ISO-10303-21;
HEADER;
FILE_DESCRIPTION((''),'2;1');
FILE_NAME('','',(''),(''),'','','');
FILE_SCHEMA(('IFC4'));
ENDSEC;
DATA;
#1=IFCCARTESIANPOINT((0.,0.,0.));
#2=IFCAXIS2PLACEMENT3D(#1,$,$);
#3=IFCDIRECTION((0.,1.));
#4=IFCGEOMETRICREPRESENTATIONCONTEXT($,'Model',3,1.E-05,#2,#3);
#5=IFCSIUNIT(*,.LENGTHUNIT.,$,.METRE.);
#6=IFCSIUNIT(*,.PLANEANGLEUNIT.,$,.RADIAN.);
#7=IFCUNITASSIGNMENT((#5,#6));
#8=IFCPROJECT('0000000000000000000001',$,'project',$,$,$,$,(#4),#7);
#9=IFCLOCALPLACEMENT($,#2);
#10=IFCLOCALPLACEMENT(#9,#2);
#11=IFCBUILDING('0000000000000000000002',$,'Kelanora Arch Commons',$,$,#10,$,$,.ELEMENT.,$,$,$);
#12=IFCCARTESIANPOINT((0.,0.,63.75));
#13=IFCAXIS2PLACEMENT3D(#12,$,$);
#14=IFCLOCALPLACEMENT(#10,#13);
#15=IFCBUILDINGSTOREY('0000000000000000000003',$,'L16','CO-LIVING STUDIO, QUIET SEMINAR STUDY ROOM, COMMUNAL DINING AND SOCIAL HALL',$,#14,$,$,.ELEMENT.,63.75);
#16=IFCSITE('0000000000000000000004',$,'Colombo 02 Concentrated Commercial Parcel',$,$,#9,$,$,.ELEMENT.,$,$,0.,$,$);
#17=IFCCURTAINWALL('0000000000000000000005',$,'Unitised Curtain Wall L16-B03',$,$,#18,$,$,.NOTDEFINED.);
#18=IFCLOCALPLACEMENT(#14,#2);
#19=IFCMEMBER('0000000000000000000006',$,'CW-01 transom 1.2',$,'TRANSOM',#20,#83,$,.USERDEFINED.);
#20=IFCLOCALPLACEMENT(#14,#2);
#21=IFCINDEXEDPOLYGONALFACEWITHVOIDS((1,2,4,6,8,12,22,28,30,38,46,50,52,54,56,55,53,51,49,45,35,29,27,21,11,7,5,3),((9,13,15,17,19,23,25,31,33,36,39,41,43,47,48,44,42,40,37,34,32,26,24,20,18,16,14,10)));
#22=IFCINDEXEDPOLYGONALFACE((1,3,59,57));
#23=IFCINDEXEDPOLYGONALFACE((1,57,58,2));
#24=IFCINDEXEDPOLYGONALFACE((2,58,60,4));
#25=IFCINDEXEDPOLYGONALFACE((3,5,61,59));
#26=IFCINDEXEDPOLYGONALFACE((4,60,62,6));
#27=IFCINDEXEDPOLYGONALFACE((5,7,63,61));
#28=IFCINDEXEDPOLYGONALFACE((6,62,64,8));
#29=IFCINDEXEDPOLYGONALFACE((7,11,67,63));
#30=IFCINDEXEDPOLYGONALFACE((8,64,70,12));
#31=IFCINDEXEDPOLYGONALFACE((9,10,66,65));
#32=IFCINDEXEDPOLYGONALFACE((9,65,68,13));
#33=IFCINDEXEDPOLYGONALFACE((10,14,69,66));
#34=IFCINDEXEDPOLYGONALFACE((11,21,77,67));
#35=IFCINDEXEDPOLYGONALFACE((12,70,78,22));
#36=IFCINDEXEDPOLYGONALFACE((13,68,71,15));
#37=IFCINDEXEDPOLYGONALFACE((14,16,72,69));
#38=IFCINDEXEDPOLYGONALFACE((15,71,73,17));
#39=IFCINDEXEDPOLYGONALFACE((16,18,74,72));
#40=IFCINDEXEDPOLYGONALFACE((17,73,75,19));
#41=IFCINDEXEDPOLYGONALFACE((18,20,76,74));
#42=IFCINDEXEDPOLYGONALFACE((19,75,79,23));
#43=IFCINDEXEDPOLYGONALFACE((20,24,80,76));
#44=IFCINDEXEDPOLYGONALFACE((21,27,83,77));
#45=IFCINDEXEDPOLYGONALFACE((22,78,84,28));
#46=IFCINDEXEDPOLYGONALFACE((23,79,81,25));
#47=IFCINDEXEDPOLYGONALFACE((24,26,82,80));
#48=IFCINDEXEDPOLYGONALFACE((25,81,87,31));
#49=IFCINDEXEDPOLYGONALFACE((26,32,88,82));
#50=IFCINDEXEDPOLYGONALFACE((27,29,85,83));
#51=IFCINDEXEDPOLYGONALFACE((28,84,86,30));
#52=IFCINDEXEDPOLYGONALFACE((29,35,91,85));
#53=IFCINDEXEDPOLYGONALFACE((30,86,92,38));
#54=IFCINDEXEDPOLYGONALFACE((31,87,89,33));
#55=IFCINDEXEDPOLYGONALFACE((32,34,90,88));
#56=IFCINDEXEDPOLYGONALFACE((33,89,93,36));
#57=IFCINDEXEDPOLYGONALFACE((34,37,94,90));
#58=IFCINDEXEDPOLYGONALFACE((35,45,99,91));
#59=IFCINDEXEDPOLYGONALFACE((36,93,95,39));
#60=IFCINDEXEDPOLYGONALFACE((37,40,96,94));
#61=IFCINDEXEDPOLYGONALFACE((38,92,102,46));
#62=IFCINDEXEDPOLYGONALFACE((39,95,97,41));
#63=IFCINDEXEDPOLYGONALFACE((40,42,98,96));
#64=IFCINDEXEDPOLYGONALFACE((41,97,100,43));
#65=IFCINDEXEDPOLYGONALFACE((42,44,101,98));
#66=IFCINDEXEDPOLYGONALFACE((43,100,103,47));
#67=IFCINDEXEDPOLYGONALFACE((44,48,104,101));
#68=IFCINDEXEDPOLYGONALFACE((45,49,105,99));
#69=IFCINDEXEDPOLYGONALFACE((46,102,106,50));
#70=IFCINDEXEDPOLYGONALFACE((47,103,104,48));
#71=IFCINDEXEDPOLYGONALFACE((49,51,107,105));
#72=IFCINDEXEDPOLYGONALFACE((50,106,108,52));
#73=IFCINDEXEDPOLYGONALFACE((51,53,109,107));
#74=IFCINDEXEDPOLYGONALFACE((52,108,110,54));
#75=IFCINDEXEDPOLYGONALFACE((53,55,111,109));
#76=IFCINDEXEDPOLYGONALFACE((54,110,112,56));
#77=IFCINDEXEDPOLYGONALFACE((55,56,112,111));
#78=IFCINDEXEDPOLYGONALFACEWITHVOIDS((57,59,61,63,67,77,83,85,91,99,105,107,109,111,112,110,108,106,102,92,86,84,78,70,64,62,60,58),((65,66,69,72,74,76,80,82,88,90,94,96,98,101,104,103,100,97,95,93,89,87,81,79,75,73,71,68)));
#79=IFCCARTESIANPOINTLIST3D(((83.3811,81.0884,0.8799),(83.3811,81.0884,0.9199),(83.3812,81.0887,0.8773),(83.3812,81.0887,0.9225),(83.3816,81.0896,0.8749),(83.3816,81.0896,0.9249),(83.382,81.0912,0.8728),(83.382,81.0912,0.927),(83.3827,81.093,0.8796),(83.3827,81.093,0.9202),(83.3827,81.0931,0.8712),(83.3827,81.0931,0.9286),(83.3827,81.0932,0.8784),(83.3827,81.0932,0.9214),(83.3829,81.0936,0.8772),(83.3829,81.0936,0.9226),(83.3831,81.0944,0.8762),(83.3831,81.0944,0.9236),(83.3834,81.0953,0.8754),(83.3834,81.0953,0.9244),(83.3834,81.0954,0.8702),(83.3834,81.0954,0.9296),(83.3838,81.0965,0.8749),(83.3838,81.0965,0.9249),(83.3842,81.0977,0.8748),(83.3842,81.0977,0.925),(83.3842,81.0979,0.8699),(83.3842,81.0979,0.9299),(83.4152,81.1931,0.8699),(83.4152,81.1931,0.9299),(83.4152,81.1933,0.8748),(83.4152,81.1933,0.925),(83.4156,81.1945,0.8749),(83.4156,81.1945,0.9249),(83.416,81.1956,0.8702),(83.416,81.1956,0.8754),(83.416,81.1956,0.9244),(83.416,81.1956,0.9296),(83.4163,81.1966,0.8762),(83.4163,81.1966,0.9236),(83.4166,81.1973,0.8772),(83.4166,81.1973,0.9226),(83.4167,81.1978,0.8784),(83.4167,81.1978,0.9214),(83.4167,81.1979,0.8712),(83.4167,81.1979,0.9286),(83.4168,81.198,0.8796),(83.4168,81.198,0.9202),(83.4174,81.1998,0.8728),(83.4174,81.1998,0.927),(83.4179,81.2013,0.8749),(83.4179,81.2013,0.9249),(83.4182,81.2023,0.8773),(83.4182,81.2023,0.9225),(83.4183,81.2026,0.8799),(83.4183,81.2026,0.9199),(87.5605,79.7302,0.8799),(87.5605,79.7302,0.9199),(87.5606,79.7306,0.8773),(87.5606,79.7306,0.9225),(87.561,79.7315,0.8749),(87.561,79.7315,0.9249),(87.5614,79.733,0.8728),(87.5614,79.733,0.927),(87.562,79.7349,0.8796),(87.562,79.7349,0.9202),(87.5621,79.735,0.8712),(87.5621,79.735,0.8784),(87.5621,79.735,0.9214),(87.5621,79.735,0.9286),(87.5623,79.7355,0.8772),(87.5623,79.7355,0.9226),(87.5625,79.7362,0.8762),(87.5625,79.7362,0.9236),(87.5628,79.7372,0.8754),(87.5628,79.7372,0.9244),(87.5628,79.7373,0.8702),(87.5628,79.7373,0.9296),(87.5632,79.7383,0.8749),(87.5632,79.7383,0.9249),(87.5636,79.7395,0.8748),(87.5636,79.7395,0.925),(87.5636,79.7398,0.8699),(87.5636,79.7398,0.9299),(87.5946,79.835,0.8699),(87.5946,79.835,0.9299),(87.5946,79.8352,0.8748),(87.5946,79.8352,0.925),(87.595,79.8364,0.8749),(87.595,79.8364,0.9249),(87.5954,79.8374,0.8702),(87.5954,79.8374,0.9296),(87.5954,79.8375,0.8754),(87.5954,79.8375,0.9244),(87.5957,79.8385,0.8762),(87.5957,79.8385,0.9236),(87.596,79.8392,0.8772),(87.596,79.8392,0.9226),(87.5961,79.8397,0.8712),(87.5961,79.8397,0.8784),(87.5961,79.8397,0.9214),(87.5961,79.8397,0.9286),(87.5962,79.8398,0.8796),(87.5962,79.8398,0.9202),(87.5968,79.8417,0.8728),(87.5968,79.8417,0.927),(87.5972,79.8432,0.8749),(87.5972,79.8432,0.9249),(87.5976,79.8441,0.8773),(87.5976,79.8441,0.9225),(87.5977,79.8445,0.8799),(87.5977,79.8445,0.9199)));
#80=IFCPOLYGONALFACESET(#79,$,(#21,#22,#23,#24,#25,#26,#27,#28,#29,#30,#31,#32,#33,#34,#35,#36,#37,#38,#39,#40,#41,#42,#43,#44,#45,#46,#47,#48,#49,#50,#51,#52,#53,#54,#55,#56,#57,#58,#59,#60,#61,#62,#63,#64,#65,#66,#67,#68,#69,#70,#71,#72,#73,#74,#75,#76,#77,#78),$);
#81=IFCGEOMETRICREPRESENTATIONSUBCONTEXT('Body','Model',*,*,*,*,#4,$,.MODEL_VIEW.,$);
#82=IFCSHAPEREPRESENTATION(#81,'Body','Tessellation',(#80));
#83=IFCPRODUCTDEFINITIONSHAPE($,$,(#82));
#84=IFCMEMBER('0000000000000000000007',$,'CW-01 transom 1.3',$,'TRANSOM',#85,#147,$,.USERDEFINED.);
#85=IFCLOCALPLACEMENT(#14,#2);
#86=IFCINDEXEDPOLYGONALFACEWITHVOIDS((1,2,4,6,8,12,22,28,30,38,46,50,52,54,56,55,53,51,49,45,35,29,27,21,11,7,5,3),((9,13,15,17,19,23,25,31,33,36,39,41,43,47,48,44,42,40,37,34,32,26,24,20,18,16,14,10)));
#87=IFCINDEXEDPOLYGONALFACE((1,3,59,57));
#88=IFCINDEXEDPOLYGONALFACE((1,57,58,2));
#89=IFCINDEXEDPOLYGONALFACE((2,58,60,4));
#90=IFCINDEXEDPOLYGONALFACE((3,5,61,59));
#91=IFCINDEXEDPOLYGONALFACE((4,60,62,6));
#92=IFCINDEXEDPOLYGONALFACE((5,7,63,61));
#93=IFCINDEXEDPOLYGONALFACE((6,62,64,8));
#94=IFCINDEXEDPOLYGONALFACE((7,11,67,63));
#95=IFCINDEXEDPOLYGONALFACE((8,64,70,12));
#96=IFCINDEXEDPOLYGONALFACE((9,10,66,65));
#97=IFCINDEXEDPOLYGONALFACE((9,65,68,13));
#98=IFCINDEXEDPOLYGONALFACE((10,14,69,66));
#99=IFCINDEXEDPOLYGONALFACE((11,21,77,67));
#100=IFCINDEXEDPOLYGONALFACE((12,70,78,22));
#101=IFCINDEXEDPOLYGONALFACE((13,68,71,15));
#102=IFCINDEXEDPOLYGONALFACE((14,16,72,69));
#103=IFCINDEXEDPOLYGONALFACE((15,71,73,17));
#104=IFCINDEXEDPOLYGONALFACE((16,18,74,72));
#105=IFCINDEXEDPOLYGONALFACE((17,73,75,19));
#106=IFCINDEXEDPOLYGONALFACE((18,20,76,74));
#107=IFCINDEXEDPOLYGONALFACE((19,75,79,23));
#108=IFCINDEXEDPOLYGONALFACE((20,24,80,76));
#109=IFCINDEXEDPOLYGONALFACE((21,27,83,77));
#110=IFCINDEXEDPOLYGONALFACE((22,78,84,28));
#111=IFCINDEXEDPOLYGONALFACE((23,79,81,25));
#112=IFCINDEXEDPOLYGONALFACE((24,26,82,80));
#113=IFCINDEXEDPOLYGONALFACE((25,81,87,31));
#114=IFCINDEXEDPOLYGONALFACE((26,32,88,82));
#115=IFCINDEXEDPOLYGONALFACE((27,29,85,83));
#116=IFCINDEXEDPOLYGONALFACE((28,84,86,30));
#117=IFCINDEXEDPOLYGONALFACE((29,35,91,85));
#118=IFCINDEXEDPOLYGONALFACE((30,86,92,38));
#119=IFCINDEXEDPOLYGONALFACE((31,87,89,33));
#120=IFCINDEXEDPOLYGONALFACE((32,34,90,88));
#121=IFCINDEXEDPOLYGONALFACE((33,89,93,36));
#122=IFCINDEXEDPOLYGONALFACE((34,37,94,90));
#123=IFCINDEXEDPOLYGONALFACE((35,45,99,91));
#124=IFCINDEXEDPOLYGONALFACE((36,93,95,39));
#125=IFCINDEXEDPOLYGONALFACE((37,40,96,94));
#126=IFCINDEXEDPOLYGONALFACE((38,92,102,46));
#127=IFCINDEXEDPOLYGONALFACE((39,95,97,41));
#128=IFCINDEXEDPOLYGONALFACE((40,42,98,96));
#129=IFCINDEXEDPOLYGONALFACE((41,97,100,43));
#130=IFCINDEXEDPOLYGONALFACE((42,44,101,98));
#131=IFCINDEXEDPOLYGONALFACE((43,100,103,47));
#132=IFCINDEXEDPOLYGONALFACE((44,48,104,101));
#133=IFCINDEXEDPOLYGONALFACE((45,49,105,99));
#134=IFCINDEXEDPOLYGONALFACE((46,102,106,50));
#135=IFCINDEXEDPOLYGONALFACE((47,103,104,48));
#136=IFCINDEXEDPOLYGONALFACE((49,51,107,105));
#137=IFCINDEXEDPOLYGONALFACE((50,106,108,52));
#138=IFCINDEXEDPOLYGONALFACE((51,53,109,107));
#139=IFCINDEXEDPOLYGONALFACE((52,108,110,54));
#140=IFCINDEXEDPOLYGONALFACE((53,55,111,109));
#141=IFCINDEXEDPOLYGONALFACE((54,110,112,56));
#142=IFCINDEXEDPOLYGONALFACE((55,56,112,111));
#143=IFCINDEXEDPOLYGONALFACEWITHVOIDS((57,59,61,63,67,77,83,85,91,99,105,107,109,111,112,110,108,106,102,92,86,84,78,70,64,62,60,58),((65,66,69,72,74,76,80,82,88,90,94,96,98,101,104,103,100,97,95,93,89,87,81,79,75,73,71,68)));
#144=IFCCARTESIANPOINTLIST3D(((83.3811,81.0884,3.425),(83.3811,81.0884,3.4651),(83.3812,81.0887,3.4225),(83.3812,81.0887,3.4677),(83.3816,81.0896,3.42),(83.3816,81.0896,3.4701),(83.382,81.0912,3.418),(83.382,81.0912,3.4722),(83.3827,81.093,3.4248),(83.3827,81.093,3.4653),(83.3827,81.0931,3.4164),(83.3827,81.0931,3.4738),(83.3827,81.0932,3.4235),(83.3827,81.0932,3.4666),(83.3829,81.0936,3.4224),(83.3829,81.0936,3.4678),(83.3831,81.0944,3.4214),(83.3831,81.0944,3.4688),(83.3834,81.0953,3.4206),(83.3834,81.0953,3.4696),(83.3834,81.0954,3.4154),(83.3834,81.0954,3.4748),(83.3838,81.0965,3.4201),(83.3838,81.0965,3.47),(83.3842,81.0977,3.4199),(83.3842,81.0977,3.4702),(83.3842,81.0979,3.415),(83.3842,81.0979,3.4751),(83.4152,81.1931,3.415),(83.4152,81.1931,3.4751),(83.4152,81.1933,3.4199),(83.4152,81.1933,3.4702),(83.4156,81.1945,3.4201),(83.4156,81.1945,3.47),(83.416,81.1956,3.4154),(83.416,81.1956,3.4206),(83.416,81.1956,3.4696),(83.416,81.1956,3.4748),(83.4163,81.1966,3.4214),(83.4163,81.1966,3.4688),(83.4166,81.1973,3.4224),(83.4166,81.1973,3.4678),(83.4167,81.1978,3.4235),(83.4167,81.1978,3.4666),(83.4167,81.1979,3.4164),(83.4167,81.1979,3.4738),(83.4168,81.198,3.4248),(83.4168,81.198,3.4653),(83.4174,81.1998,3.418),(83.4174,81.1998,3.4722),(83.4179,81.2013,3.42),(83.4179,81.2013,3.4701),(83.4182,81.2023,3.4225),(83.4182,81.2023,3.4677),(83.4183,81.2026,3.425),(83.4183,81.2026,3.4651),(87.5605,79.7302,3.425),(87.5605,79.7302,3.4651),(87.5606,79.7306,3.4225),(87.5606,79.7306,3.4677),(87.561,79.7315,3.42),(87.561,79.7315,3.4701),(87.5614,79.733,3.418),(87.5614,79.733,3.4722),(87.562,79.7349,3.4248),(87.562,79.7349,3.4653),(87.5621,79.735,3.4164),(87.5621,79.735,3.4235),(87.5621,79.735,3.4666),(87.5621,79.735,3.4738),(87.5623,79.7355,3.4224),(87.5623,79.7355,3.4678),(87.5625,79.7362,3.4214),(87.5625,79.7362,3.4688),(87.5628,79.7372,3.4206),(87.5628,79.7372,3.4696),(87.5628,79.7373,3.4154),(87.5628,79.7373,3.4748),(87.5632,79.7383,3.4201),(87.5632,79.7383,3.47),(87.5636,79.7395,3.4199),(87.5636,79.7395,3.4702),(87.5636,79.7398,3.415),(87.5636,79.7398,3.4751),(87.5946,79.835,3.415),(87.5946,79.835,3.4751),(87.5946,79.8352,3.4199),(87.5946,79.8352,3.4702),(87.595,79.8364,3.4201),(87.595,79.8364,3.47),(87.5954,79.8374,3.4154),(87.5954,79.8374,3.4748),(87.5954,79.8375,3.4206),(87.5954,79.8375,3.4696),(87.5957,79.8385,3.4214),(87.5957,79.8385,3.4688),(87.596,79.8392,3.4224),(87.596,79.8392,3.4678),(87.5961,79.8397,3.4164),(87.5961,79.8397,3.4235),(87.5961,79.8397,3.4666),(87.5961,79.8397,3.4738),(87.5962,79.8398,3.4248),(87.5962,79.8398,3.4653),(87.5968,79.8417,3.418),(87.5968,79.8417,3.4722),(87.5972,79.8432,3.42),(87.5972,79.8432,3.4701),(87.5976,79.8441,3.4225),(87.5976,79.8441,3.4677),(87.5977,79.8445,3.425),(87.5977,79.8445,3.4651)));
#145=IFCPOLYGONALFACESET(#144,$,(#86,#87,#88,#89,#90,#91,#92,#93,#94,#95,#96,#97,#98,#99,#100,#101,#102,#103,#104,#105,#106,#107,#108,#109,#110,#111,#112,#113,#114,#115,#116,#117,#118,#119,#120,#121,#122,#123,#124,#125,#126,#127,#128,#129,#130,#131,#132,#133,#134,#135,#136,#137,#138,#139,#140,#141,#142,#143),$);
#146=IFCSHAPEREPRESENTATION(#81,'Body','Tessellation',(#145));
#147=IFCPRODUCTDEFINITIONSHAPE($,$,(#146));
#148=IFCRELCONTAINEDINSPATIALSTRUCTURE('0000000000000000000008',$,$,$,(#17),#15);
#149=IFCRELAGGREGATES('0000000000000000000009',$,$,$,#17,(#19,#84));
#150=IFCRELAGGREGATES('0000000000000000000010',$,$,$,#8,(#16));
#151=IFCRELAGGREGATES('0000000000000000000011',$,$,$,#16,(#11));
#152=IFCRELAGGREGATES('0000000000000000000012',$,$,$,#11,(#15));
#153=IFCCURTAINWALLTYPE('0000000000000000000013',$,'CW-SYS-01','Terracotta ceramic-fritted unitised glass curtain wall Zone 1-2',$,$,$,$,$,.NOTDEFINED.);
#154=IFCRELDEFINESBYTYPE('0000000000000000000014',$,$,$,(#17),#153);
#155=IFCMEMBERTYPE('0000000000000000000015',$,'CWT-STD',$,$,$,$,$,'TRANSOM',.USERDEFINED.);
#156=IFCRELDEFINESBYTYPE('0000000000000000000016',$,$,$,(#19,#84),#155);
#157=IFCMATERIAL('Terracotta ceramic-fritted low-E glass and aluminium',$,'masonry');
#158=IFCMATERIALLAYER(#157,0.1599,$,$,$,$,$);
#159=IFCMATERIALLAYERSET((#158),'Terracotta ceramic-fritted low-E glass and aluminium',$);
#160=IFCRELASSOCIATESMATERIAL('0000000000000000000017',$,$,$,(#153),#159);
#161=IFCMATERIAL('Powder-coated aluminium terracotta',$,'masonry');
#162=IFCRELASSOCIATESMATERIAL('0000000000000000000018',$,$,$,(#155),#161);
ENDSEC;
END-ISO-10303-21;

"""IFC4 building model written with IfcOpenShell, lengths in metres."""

from ifc_helpers import new_model, si_unit, direction, frame, origin, origin_2d, place, context, subcontext, project, spatial, hollow_rectangle, extrude, material, layer, layer_set, material_profile, profile_set, type_object, element, aggregate, save


model = new_model("IFC4")

# Units and contexts
model_context = context("Model", 3, precision=1e-05, world=origin(), true_north=direction((0.0, 1.0)))
body_context = subcontext(model_context, "Body", "Model", "MODEL_VIEW")
ifc_project = project(units=[si_unit("LENGTHUNIT", "METRE"), si_unit("PLANEANGLEUNIT", "RADIAN")], contexts=[model_context])

# Site, building, storey
site_placement = place(None, origin())
site = spatial("IfcSite", under=ifc_project, at=site_placement, Name="Colombo 02 Concentrated Commercial Parcel", CompositionType="ELEMENT", RefElevation=0.0)
building_placement = place(site_placement, origin())
building = spatial("IfcBuilding", under=site, at=building_placement, Name="Kelanora Arch Commons", CompositionType="ELEMENT")
storey_placement = place(building_placement, frame((0.0, 0.0, 63.75)))
storey = spatial("IfcBuildingStorey", under=building, at=storey_placement, Name="L16", Description="CO-LIVING STUDIO, QUIET SEMINAR STUDY ROOM, COMMUNAL DINING AND SOCIAL HALL", CompositionType="ELEMENT", Elevation=63.75)

# Curtain wall, members
ifc_material_1 = material(Name="Terracotta ceramic-fritted low-E glass and aluminium", Category="masonry")
ifc_layer_1 = layer(ifc_material_1, 0.1599)
ifc_layer_set_1 = layer_set([ifc_layer_1], Name="Terracotta ceramic-fritted low-E glass and aluminium")
curtain_wall_type = type_object("IfcCurtainWallType", Name="CW-SYS-01", Description="Terracotta ceramic-fritted unitised glass curtain wall Zone 1-2", PredefinedType="NOTDEFINED", material=ifc_layer_set_1)
curtain_wall_placement = place(storey_placement, origin())
curtain_wall = element("IfcCurtainWall", 1, at=curtain_wall_placement, inside=storey, type_object=curtain_wall_type, Name="Unitised Curtain Wall L16-B03", PredefinedType="NOTDEFINED")
ifc_material_2 = material(Name="Powder-coated aluminium terracotta", Category="masonry")
ifc_material_profile_1 = material_profile(ifc_material_2, hollow_rectangle(XDim=0.1201, YDim=0.0601, WallThickness=0.0049, InnerFilletRadius=0.0049, OuterFilletRadius=0.01, at=origin_2d()), Name="CWT120x60")
ifc_profile_set_1 = profile_set([ifc_material_profile_1], Name="Powder-coated aluminium terracotta")
member_type_1 = type_object("IfcMemberType", Name="CWT-STD", ElementType="TRANSOM", PredefinedType="USERDEFINED", material=ifc_profile_set_1)
member_1_placement = place(storey_placement, frame((87.5791, 79.7874, 0.8999), z_axis=(-0.951045, 0.309052, 0.0), x_axis=(-0.309052, -0.951045, 0.0)))
member_1 = element("IfcMember", 2, at=member_1_placement, type_object=member_type_1, Name="CW-01 transom 1.2", ObjectType="TRANSOM", PredefinedType="USERDEFINED", context=body_context, shape_type="SweptSolid", body=[
    extrude(hollow_rectangle(XDim=0.1201, YDim=0.0601, WallThickness=0.0049, InnerFilletRadius=0.0049, OuterFilletRadius=0.01, at=origin_2d()), origin(), (0.0, 0.0, 1.0), 4.3945),
])
member_2_placement = place(storey_placement, frame((87.5791, 79.7874, 3.4451), z_axis=(-0.951045, 0.309052, 0.0), x_axis=(-0.309052, -0.951045, 0.0)))
member_2 = element("IfcMember", 3, at=member_2_placement, type_object=member_type_1, Name="CW-01 transom 1.3", ObjectType="TRANSOM", PredefinedType="USERDEFINED", context=body_context, shape_type="SweptSolid", body=[
    extrude(hollow_rectangle(XDim=0.1201, YDim=0.0601, WallThickness=0.0049, InnerFilletRadius=0.0049, OuterFilletRadius=0.01, at=origin_2d()), origin(), (0.0, 0.0, 1.0), 4.3945),
])
aggregate(curtain_wall, [member_1, member_2])

save(model, "model.ifc")
